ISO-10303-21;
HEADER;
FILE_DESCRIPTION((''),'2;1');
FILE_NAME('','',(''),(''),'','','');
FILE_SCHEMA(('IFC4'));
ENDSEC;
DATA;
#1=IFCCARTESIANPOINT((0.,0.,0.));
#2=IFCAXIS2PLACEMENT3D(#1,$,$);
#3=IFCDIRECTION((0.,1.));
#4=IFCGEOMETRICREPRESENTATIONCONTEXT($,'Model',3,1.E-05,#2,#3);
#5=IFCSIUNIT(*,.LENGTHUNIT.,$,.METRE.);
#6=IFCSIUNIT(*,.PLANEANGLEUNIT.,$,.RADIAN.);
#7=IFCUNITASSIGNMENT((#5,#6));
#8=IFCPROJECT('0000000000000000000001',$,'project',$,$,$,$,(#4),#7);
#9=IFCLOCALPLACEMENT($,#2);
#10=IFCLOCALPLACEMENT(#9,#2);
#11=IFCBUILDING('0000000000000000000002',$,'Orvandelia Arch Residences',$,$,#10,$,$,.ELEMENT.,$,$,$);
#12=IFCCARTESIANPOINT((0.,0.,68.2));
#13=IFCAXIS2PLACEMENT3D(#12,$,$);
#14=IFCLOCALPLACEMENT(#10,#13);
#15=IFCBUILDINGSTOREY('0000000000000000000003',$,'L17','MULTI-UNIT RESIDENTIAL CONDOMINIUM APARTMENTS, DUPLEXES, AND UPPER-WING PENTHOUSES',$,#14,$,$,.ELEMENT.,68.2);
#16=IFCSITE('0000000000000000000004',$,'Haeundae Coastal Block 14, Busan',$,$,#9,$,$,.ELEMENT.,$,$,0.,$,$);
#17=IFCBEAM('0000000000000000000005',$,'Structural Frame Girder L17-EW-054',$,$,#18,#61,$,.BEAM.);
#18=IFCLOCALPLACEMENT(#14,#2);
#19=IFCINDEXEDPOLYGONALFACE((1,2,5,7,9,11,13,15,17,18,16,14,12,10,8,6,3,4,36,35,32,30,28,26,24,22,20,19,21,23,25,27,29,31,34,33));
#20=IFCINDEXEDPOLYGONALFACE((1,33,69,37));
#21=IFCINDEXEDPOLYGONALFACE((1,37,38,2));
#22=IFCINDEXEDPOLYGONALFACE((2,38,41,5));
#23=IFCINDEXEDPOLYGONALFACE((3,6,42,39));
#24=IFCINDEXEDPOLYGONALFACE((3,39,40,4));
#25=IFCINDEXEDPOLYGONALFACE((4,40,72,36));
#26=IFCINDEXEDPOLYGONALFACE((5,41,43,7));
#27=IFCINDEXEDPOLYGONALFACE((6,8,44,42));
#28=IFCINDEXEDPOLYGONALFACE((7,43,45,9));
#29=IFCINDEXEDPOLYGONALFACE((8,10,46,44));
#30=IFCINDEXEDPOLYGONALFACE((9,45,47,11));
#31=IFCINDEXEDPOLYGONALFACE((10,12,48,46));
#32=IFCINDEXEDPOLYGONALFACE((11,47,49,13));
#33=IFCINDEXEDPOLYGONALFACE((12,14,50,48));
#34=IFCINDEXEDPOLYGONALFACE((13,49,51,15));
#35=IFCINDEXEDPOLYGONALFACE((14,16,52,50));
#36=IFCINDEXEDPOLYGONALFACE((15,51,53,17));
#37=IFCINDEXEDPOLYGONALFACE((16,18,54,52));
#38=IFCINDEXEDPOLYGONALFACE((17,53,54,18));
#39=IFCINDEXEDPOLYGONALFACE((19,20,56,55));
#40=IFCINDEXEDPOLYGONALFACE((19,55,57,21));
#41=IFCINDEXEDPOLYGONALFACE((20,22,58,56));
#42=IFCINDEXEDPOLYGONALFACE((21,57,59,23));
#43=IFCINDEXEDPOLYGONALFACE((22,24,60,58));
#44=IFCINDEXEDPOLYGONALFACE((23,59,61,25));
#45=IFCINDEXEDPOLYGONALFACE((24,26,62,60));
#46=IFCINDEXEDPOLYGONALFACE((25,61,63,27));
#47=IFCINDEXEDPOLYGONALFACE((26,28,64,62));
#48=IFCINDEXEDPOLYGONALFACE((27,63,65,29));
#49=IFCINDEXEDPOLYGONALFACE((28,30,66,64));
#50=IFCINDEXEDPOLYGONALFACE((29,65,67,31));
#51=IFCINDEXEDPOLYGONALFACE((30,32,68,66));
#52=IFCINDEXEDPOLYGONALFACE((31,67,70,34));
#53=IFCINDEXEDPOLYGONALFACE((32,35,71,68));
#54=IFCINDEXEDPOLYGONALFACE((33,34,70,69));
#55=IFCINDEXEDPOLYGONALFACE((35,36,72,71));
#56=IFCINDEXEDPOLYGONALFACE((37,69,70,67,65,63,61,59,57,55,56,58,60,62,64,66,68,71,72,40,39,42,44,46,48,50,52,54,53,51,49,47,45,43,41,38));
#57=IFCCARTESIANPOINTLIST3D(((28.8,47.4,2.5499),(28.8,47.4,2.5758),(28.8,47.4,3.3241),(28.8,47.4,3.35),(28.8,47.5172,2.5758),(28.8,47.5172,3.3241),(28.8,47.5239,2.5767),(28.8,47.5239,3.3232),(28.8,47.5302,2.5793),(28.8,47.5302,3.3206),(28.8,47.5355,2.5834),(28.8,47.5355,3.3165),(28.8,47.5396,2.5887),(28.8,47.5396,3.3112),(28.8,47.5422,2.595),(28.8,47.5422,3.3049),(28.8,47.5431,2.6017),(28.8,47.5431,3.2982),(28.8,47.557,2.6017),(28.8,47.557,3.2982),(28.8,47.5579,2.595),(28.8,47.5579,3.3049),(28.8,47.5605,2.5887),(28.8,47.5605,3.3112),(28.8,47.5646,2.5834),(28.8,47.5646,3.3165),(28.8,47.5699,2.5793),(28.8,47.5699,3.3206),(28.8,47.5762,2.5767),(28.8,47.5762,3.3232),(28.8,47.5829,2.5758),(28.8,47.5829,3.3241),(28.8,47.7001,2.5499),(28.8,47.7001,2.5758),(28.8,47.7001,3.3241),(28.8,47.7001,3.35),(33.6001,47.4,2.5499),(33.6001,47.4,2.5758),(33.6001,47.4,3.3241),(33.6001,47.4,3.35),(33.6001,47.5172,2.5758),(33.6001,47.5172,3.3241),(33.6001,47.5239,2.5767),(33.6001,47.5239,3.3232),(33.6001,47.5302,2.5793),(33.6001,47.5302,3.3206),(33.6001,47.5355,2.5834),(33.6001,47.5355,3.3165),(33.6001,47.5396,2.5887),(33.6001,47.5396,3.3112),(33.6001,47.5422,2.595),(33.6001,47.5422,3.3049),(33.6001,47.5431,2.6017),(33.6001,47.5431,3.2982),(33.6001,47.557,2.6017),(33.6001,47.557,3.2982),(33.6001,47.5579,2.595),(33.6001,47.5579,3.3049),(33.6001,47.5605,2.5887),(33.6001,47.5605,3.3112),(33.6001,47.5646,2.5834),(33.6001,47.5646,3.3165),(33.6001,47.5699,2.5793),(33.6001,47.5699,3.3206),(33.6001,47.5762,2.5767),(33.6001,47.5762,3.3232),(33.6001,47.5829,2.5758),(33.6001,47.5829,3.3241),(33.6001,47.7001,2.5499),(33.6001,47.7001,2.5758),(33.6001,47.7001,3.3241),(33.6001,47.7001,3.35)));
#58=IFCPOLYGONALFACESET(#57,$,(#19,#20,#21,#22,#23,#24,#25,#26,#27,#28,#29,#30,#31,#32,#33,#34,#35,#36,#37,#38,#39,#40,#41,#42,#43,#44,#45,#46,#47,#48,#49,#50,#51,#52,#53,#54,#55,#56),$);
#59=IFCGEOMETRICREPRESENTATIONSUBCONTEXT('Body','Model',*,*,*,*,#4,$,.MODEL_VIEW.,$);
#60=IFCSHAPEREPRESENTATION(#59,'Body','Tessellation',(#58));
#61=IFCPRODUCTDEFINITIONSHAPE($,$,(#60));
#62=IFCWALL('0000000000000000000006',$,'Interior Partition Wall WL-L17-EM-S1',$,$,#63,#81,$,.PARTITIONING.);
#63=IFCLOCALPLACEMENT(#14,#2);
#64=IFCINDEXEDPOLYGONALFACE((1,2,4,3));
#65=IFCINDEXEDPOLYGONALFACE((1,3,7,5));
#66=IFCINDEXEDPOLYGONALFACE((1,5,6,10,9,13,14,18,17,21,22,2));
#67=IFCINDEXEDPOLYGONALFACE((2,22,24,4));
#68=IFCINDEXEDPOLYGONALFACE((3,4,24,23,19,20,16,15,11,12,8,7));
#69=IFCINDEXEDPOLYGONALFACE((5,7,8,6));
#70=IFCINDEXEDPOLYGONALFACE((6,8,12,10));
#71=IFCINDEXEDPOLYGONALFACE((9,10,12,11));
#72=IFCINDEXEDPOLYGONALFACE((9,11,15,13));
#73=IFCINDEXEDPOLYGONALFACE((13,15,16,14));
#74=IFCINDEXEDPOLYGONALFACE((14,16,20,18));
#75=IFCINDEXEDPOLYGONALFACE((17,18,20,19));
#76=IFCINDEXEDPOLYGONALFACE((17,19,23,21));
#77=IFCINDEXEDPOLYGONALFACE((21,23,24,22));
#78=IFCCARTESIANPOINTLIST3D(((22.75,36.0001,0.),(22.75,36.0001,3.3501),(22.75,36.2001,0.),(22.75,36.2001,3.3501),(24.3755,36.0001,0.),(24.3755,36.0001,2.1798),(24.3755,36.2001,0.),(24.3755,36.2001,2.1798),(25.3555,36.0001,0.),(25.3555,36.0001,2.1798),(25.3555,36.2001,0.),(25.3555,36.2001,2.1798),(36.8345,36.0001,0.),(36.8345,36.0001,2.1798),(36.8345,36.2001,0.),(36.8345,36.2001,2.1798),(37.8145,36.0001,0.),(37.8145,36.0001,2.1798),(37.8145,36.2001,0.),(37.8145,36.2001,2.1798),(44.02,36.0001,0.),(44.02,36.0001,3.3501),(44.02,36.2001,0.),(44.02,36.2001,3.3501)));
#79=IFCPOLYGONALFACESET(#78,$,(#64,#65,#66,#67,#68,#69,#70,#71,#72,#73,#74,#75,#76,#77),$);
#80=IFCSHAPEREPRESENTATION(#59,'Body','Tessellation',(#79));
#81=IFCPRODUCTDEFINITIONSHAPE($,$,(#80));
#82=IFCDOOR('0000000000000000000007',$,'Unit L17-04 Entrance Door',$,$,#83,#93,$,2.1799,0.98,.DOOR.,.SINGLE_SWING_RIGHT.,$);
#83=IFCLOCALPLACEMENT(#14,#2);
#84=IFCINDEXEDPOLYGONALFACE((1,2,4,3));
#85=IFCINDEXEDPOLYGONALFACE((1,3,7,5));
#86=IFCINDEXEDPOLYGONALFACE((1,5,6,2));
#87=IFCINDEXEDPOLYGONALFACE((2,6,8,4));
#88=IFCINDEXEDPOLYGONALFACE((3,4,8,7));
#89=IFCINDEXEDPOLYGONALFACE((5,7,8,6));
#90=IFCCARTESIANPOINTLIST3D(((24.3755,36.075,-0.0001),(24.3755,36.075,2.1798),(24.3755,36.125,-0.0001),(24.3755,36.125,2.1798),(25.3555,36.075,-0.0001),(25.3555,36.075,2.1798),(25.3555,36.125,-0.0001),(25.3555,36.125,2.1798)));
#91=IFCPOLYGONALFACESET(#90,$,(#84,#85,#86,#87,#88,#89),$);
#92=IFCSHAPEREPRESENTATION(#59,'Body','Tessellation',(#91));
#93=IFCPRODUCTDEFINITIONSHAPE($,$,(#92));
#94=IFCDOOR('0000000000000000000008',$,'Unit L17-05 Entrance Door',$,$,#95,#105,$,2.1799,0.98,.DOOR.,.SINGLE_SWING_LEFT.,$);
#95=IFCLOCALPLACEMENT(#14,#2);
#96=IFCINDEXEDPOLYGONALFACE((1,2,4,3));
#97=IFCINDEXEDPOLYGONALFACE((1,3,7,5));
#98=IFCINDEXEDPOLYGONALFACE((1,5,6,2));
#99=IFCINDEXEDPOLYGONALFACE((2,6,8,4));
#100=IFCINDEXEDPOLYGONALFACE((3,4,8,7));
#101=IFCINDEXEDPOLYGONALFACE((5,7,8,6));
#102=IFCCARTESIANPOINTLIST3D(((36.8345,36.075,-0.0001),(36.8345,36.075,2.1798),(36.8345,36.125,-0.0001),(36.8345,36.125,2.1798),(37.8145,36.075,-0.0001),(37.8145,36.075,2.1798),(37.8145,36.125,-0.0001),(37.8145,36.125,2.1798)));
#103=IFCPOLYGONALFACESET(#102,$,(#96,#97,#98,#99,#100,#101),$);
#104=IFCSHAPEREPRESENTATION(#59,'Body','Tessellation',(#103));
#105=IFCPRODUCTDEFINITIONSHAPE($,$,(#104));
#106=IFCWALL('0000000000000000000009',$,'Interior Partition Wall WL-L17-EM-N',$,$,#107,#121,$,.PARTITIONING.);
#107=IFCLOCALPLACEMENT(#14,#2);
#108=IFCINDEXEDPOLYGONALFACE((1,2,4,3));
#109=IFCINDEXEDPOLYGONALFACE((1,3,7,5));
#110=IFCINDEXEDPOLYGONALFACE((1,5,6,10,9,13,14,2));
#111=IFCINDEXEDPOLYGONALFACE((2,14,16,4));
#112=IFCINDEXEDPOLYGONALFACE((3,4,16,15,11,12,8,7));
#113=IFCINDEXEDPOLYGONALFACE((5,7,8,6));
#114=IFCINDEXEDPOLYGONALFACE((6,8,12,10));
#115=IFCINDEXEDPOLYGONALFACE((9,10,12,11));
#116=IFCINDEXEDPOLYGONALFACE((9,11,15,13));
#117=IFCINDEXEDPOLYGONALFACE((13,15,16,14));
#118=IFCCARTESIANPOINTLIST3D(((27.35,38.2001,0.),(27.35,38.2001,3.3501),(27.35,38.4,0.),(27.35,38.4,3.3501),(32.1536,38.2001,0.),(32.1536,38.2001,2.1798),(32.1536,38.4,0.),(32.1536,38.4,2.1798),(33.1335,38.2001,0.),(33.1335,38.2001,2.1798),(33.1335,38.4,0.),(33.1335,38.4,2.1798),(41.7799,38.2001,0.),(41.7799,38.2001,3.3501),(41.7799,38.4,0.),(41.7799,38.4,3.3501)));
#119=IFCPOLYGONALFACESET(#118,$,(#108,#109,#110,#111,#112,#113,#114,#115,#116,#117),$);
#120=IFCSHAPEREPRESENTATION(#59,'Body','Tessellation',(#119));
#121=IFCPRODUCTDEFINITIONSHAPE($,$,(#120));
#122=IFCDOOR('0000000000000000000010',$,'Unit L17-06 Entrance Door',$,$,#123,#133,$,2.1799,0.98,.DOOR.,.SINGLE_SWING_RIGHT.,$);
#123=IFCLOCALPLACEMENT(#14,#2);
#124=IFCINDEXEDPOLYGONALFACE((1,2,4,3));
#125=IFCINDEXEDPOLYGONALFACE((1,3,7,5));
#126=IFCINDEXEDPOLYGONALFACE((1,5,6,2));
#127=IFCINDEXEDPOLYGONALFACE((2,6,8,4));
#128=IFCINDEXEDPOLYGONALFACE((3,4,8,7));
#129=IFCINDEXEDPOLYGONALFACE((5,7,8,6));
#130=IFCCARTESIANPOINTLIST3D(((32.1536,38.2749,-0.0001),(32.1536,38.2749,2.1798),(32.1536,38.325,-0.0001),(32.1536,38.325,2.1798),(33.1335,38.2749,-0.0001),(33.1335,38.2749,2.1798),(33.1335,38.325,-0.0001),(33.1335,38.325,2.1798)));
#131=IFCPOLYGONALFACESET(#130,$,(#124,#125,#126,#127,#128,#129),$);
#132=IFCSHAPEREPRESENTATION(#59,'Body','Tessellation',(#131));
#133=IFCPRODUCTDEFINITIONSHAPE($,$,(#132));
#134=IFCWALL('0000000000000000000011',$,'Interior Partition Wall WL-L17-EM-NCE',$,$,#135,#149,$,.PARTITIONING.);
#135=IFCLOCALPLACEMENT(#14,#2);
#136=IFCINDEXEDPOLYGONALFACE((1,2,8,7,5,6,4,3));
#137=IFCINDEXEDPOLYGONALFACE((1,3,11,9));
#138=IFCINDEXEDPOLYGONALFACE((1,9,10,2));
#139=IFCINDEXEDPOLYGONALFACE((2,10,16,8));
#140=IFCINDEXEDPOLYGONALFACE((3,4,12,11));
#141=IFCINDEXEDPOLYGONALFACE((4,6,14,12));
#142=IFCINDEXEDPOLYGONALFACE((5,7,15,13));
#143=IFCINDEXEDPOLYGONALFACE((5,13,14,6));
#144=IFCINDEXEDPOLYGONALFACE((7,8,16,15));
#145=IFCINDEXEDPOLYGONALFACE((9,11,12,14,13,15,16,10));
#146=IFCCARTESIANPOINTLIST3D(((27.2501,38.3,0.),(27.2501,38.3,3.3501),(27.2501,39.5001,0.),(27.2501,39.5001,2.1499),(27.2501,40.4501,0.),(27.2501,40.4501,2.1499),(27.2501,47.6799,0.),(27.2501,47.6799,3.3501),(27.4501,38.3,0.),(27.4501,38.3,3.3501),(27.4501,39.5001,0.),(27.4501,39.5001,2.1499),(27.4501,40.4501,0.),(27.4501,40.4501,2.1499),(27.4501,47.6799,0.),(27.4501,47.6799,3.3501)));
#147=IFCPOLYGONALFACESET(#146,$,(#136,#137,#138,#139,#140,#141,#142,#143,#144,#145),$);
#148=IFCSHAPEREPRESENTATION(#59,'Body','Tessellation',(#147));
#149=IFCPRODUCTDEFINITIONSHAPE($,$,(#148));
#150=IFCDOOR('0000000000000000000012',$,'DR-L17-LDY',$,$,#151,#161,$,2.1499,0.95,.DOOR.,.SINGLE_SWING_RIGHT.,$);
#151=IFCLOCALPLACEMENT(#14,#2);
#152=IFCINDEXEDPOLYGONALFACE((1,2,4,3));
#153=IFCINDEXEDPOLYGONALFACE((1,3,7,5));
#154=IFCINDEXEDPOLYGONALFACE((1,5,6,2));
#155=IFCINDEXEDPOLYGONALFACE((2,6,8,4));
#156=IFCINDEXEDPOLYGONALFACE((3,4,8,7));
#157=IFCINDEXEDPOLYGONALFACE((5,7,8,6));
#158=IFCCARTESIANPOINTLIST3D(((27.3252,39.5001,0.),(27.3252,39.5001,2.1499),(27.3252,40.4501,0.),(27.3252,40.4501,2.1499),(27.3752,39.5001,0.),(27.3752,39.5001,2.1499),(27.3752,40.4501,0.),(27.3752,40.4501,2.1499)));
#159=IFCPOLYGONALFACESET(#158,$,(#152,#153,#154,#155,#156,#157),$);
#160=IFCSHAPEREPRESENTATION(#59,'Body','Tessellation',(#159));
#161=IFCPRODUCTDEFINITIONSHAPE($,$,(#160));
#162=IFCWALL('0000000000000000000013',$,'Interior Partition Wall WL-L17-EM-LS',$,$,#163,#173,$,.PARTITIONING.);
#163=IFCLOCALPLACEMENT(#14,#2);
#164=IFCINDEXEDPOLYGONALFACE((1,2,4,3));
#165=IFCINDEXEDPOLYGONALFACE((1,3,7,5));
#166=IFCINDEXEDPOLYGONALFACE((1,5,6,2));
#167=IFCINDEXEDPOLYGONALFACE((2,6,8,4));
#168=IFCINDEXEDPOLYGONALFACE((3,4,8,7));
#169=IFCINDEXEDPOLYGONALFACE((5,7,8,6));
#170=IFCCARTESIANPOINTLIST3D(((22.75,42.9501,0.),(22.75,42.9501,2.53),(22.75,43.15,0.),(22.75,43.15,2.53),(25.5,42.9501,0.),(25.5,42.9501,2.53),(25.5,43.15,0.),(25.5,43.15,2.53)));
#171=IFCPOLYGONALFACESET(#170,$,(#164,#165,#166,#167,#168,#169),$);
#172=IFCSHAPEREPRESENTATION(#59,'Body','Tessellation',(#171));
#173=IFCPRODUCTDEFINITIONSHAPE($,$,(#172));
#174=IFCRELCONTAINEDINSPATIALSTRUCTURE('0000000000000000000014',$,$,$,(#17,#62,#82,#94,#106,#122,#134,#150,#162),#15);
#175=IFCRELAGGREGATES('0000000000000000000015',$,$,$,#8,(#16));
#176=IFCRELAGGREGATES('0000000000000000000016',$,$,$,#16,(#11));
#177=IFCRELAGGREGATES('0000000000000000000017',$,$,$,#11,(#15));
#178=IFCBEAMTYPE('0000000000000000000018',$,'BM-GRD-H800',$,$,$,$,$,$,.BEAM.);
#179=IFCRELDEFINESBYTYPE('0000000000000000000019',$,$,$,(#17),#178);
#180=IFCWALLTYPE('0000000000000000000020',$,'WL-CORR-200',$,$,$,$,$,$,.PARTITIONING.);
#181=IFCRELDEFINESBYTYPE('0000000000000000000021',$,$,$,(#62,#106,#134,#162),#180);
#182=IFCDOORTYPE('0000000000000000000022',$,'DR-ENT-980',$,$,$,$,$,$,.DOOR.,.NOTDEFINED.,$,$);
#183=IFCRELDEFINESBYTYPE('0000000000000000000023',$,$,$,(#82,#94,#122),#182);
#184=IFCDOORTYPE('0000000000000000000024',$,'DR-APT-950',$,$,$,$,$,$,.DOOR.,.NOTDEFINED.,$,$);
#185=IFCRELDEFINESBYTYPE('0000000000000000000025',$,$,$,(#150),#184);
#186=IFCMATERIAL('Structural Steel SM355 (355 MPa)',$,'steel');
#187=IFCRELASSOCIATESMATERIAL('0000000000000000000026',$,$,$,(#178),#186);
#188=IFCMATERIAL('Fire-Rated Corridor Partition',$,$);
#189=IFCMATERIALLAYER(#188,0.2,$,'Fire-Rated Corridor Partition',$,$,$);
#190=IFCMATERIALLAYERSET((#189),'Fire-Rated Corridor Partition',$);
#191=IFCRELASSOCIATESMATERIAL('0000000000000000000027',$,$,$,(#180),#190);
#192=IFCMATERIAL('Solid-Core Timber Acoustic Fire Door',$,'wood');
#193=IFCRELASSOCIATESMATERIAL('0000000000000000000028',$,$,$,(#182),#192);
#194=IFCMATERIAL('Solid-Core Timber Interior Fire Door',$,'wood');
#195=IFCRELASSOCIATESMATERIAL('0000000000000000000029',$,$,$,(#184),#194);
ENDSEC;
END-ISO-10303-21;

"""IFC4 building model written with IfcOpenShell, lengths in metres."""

from ifc_helpers import new_model, si_unit, direction, frame, frame_2d, origin, origin_2d, place, context, subcontext, project, spatial, rectangle, i_section, extrude, material, layer, layer_set, material_profile, profile_set, type_object, element, fill, save


model = new_model("IFC4")

# Units and contexts
model_context = context("Model", 3, precision=1e-05, world=origin(), true_north=direction((0.0, 1.0)))
body_context = subcontext(model_context, "Body", "Model", "MODEL_VIEW")
ifc_project = project(units=[si_unit("LENGTHUNIT", "METRE"), si_unit("PLANEANGLEUNIT", "RADIAN")], contexts=[model_context])

# Site, building, storey
site_placement = place(None, origin())
site = spatial("IfcSite", under=ifc_project, at=site_placement, Name="Haeundae Coastal Block 14, Busan", CompositionType="ELEMENT", RefElevation=0.0)
building_placement = place(site_placement, origin())
building = spatial("IfcBuilding", under=site, at=building_placement, Name="Orvandelia Arch Residences", CompositionType="ELEMENT")
storey_placement = place(building_placement, frame((0.0, 0.0, 68.2)))
storey = spatial("IfcBuildingStorey", under=building, at=storey_placement, Name="L17", Description="MULTI-UNIT RESIDENTIAL CONDOMINIUM APARTMENTS, DUPLEXES, AND UPPER-WING PENTHOUSES", CompositionType="ELEMENT", Elevation=68.2)

# Beam
ifc_material_1 = material(Name="Structural Steel SM355 (355 MPa)", Category="steel")
ifc_material_profile_1 = material_profile(ifc_material_1, i_section(OverallWidth=0.3, OverallDepth=0.8, WebThickness=0.0139, FlangeThickness=0.0259, FilletRadius=0.0259, at=origin_2d()), Name="Structural Steel SM355 (355 MPa)", Category="steel")
ifc_profile_set_1 = profile_set([ifc_material_profile_1], Name="Structural Steel SM355 (355 MPa)")
beam_type = type_object("IfcBeamType", Name="BM-GRD-H800", PredefinedType="BEAM", material=ifc_profile_set_1)
beam_1_placement = place(storey_placement, frame((28.8, 47.55, 2.95), z_axis=(1.0, 0.0, 0.0), x_axis=(0.0, 1.0, 0.0)))
element("IfcBeam", 1, at=beam_1_placement, inside=storey, type_object=beam_type, Name="Structural Frame Girder L17-EW-054", PredefinedType="BEAM", context=body_context, shape_type="SweptSolid", body=[
    extrude(i_section(OverallWidth=0.3, OverallDepth=0.8, WebThickness=0.0139, FlangeThickness=0.0259, FilletRadius=0.0259, at=origin_2d()), origin(), (0.0, 0.0, 1.0), 4.8),
])

# Wall, openings, doors
ifc_material_2 = material(Name="Fire-Rated Corridor Partition")
ifc_layer_1 = layer(ifc_material_2, 0.2, Name="Fire-Rated Corridor Partition")
ifc_layer_set_1 = layer_set([ifc_layer_1], Name="Fire-Rated Corridor Partition")
wall_type_1 = type_object("IfcWallType", Name="WL-CORR-200", PredefinedType="PARTITIONING", material=ifc_layer_set_1)
wall_1_placement = place(storey_placement, frame((22.75, 36.1001, 0.0), z_axis=(0.0, 0.0, 1.0), x_axis=(1.0, 0.0, 0.0)))
wall_1 = element("IfcWall", 2, at=wall_1_placement, inside=storey, type_object=wall_type_1, Name="Interior Partition Wall WL-L17-EM-S1", PredefinedType="PARTITIONING", context=body_context, shape_type="SweptSolid", body=[
    extrude(rectangle(XDim=21.27, YDim=0.2, at=frame_2d((10.635, 0.0))), origin(), (0.0, 0.0, 1.0), 3.3501),
])
opening_1_placement = place(wall_1_placement, frame((1.6255, 0.0, 0.0)))
opening_1 = element("IfcOpeningElement", 3, at=opening_1_placement, cuts=wall_1, PredefinedType="OPENING", context=body_context, shape_type="SweptSolid", body=[
    extrude(rectangle(XDim=0.98, YDim=2.1799, at=frame_2d((0.49, 1.0898))), frame((0.0, 0.1099, 0.0), z_axis=(0.0, -1.0, 0.0), x_axis=(1.0, 0.0, 0.0)), (0.0, 0.0, 1.0), 0.22),
])
opening_2_placement = place(wall_1_placement, frame((14.0845, 0.0, 0.0)))
opening_2 = element("IfcOpeningElement", 4, at=opening_2_placement, cuts=wall_1, PredefinedType="OPENING", context=body_context, shape_type="SweptSolid", body=[
    extrude(rectangle(XDim=0.98, YDim=2.1799, at=frame_2d((0.49, 1.0898))), frame((0.0, 0.1099, 0.0), z_axis=(0.0, -1.0, 0.0), x_axis=(1.0, 0.0, 0.0)), (0.0, 0.0, 1.0), 0.22),
])
ifc_material_3 = material(Name="Solid-Core Timber Acoustic Fire Door", Category="wood")
door_type_1 = type_object("IfcDoorType", Name="DR-ENT-980", OperationType="NOTDEFINED", PredefinedType="DOOR", material=ifc_material_3)
door_1_placement = place(opening_1_placement, origin())
door_1 = element("IfcDoor", 5, at=door_1_placement, inside=storey, type_object=door_type_1, Name="Unit L17-04 Entrance Door", OperationType="SINGLE_SWING_RIGHT", OverallHeight=2.1799, OverallWidth=0.98, PredefinedType="DOOR", context=body_context, shape_type="SweptSolid", body=[
    extrude(rectangle(XDim=0.98, YDim=2.1799, at=frame_2d((0.49, 1.0898))), frame((0.0, 0.0249, 0.0), z_axis=(0.0, -1.0, 0.0), x_axis=(1.0, 0.0, 0.0)), (0.0, 0.0, 1.0), 0.05),
])
fill(opening_1, door_1)
door_2_placement = place(opening_2_placement, origin())
door_2 = element("IfcDoor", 6, at=door_2_placement, inside=storey, type_object=door_type_1, Name="Unit L17-05 Entrance Door", OperationType="SINGLE_SWING_LEFT", OverallHeight=2.1799, OverallWidth=0.98, PredefinedType="DOOR", context=body_context, shape_type="SweptSolid", body=[
    extrude(rectangle(XDim=0.98, YDim=2.1799, at=frame_2d((0.49, 1.0898))), frame((0.0, 0.0249, 0.0), z_axis=(0.0, -1.0, 0.0), x_axis=(1.0, 0.0, 0.0)), (0.0, 0.0, 1.0), 0.05),
])
fill(opening_2, door_2)

# Walls, openings, doors
wall_2_placement = place(storey_placement, frame((27.3501, 38.3, 0.0), z_axis=(0.0, 0.0, 1.0), x_axis=(1.0, 0.0, 0.0)))
wall_2 = element("IfcWall", 7, at=wall_2_placement, inside=storey, type_object=wall_type_1, Name="Interior Partition Wall WL-L17-EM-N", PredefinedType="PARTITIONING", context=body_context, shape_type="SweptSolid", body=[
    extrude(rectangle(XDim=14.4299, YDim=0.2, at=frame_2d((7.2148, 0.0))), origin(), (0.0, 0.0, 1.0), 3.3501),
])
opening_3_placement = place(wall_2_placement, frame((4.8035, 0.0, 0.0)))
opening_3 = element("IfcOpeningElement", 8, at=opening_3_placement, cuts=wall_2, PredefinedType="OPENING", context=body_context, shape_type="SweptSolid", body=[
    extrude(rectangle(XDim=0.98, YDim=2.1799, at=frame_2d((0.49, 1.0898))), frame((0.0, 0.1099, 0.0), z_axis=(0.0, -1.0, 0.0), x_axis=(1.0, 0.0, 0.0)), (0.0, 0.0, 1.0), 0.22),
])
door_3_placement = place(opening_3_placement, origin())
door_3 = element("IfcDoor", 9, at=door_3_placement, inside=storey, type_object=door_type_1, Name="Unit L17-06 Entrance Door", OperationType="SINGLE_SWING_RIGHT", OverallHeight=2.1799, OverallWidth=0.98, PredefinedType="DOOR", context=body_context, shape_type="SweptSolid", body=[
    extrude(rectangle(XDim=0.98, YDim=2.1799, at=frame_2d((0.49, 1.0898))), frame((0.0, 0.0249, 0.0), z_axis=(0.0, -1.0, 0.0), x_axis=(1.0, 0.0, 0.0)), (0.0, 0.0, 1.0), 0.05),
])
fill(opening_3, door_3)
wall_3_placement = place(storey_placement, frame((27.3501, 38.3, 0.0), z_axis=(0.0, 0.0, 1.0), x_axis=(0.0, 1.0, 0.0)))
wall_3 = element("IfcWall", 10, at=wall_3_placement, inside=storey, type_object=wall_type_1, Name="Interior Partition Wall WL-L17-EM-NCE", PredefinedType="PARTITIONING", context=body_context, shape_type="SweptSolid", body=[
    extrude(rectangle(XDim=9.3799, YDim=0.2, at=frame_2d((4.6899, 0.0))), origin(), (0.0, 0.0, 1.0), 3.3501),
])
opening_4_placement = place(wall_3_placement, frame((1.2, 0.0, 0.0)))
opening_4 = element("IfcOpeningElement", 11, at=opening_4_placement, cuts=wall_3, PredefinedType="OPENING", context=body_context, shape_type="SweptSolid", body=[
    extrude(rectangle(XDim=0.95, YDim=2.1499, at=frame_2d((0.4751, 1.075))), frame((0.0, 0.1099, 0.0), z_axis=(0.0, -1.0, 0.0), x_axis=(1.0, 0.0, 0.0)), (0.0, 0.0, 1.0), 0.22),
])
ifc_material_4 = material(Name="Solid-Core Timber Interior Fire Door", Category="wood")
door_type_2 = type_object("IfcDoorType", Name="DR-APT-950", OperationType="NOTDEFINED", PredefinedType="DOOR", material=ifc_material_4)
door_4_placement = place(opening_4_placement, origin())
door_4 = element("IfcDoor", 12, at=door_4_placement, inside=storey, type_object=door_type_2, Name="DR-L17-LDY", OperationType="SINGLE_SWING_RIGHT", OverallHeight=2.1499, OverallWidth=0.95, PredefinedType="DOOR", context=body_context, shape_type="SweptSolid", body=[
    extrude(rectangle(XDim=0.95, YDim=2.1499, at=frame_2d((0.4751, 1.075))), frame((0.0, 0.0249, 0.0), z_axis=(0.0, -1.0, 0.0), x_axis=(1.0, 0.0, 0.0)), (0.0, 0.0, 1.0), 0.05),
])
fill(opening_4, door_4)

# Wall
wall_4_placement = place(storey_placement, frame((22.75, 43.05, 0.0), z_axis=(0.0, 0.0, 1.0), x_axis=(1.0, 0.0, 0.0)))
element("IfcWall", 13, at=wall_4_placement, inside=storey, type_object=wall_type_1, Name="Interior Partition Wall WL-L17-EM-LS", PredefinedType="PARTITIONING", context=body_context, shape_type="SweptSolid", body=[
    extrude(rectangle(XDim=2.75, YDim=0.2, at=frame_2d((1.375, 0.0))), origin(), (0.0, 0.0, 1.0), 2.53),
])

save(model, "model.ifc")
